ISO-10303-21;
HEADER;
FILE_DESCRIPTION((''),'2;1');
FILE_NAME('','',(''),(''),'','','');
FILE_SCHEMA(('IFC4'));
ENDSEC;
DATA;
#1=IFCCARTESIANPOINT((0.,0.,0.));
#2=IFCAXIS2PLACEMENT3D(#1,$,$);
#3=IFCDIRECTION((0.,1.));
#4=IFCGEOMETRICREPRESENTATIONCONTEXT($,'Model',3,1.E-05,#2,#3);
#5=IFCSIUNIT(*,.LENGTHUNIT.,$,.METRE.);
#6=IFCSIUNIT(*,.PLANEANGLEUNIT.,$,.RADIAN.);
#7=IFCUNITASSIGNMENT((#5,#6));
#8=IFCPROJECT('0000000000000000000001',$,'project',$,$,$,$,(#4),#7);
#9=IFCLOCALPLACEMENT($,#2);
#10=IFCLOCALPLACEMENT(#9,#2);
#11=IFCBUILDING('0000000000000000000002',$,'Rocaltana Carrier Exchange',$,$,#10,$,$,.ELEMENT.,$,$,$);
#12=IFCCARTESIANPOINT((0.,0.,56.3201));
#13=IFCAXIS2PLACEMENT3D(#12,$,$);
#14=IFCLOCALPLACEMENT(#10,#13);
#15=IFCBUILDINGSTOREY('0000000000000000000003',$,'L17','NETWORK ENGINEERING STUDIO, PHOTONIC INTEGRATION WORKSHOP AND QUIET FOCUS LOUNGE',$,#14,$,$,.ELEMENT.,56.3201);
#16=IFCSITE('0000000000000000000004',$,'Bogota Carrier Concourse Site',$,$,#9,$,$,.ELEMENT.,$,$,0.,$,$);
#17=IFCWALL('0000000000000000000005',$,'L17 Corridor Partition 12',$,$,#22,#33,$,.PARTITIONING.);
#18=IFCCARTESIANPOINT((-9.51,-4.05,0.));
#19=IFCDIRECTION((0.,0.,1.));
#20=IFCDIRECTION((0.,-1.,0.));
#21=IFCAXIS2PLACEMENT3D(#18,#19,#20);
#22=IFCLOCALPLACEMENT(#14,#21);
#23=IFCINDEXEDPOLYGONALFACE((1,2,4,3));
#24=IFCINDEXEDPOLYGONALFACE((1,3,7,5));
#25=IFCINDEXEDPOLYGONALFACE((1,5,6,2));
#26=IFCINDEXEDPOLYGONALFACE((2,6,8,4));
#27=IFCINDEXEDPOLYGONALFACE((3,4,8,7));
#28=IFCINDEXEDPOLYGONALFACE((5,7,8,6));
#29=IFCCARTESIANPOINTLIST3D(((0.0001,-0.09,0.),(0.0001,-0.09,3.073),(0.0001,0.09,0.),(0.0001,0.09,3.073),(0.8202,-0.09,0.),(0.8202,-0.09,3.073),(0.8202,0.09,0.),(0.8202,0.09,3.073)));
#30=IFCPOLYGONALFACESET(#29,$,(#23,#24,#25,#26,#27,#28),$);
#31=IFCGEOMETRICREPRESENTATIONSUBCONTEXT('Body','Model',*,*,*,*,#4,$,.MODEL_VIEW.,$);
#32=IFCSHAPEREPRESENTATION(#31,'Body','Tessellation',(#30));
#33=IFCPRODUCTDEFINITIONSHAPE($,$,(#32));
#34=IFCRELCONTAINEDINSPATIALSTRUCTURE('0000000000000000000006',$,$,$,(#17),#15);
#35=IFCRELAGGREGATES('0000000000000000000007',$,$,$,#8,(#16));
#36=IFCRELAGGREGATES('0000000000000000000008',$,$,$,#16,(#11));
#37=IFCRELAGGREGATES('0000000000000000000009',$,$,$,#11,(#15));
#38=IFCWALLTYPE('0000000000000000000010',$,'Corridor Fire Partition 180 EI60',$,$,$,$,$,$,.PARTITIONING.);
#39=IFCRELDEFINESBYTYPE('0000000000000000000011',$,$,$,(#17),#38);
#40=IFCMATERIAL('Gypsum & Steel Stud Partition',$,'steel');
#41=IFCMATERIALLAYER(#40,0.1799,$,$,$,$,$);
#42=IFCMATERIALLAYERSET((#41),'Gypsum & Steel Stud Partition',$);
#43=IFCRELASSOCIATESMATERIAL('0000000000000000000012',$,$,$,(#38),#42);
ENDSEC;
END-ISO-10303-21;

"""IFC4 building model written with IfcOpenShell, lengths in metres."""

from ifc_helpers import new_model, si_unit, direction, frame, frame_2d, origin, place, context, subcontext, project, spatial, rectangle, extrude, material, layer, layer_set, type_object, element, save


model = new_model("IFC4")

# Units and contexts
model_context = context("Model", 3, precision=1e-05, world=origin(), true_north=direction((0.0, 1.0)))
body_context = subcontext(model_context, "Body", "Model", "MODEL_VIEW")
ifc_project = project(units=[si_unit("LENGTHUNIT", "METRE"), si_unit("PLANEANGLEUNIT", "RADIAN")], contexts=[model_context])

# Site, building, storey
site_placement = place(None, origin())
site = spatial("IfcSite", under=ifc_project, at=site_placement, Name="Bogota Carrier Concourse Site", CompositionType="ELEMENT", RefElevation=0.0)
building_placement = place(site_placement, origin())
building = spatial("IfcBuilding", under=site, at=building_placement, Name="Rocaltana Carrier Exchange", CompositionType="ELEMENT")
storey_placement = place(building_placement, frame((0.0, 0.0, 56.3201)))
storey = spatial("IfcBuildingStorey", under=building, at=storey_placement, Name="L17", Description="NETWORK ENGINEERING STUDIO, PHOTONIC INTEGRATION WORKSHOP AND QUIET FOCUS LOUNGE", CompositionType="ELEMENT", Elevation=56.3201)

# Shared definitions
ifc_material_1 = material(Name="Gypsum & Steel Stud Partition", Category="steel")
ifc_layer_1 = layer(ifc_material_1, 0.1799)
ifc_layer_set_1 = layer_set([ifc_layer_1], Name="Gypsum & Steel Stud Partition")
wall_type_1 = type_object("IfcWallType", Name="Corridor Fire Partition 180 EI60", PredefinedType="PARTITIONING", material=ifc_layer_set_1)

# Wall
wall_1_placement = place(storey_placement, frame((-9.51, -4.05, 0.0), z_axis=(0.0, 0.0, 1.0), x_axis=(0.0, -1.0, 0.0)))
element("IfcWall", 1, at=wall_1_placement, inside=storey, type_object=wall_type_1, Name="L17 Corridor Partition 12", PredefinedType="PARTITIONING", context=body_context, shape_type="SweptSolid", body=[
    extrude(rectangle(XDim=0.8201, YDim=0.1799, at=frame_2d((0.4102, 0.0))), origin(), (0.0, 0.0, 1.0), 3.073),
])

save(model, "model.ifc")
